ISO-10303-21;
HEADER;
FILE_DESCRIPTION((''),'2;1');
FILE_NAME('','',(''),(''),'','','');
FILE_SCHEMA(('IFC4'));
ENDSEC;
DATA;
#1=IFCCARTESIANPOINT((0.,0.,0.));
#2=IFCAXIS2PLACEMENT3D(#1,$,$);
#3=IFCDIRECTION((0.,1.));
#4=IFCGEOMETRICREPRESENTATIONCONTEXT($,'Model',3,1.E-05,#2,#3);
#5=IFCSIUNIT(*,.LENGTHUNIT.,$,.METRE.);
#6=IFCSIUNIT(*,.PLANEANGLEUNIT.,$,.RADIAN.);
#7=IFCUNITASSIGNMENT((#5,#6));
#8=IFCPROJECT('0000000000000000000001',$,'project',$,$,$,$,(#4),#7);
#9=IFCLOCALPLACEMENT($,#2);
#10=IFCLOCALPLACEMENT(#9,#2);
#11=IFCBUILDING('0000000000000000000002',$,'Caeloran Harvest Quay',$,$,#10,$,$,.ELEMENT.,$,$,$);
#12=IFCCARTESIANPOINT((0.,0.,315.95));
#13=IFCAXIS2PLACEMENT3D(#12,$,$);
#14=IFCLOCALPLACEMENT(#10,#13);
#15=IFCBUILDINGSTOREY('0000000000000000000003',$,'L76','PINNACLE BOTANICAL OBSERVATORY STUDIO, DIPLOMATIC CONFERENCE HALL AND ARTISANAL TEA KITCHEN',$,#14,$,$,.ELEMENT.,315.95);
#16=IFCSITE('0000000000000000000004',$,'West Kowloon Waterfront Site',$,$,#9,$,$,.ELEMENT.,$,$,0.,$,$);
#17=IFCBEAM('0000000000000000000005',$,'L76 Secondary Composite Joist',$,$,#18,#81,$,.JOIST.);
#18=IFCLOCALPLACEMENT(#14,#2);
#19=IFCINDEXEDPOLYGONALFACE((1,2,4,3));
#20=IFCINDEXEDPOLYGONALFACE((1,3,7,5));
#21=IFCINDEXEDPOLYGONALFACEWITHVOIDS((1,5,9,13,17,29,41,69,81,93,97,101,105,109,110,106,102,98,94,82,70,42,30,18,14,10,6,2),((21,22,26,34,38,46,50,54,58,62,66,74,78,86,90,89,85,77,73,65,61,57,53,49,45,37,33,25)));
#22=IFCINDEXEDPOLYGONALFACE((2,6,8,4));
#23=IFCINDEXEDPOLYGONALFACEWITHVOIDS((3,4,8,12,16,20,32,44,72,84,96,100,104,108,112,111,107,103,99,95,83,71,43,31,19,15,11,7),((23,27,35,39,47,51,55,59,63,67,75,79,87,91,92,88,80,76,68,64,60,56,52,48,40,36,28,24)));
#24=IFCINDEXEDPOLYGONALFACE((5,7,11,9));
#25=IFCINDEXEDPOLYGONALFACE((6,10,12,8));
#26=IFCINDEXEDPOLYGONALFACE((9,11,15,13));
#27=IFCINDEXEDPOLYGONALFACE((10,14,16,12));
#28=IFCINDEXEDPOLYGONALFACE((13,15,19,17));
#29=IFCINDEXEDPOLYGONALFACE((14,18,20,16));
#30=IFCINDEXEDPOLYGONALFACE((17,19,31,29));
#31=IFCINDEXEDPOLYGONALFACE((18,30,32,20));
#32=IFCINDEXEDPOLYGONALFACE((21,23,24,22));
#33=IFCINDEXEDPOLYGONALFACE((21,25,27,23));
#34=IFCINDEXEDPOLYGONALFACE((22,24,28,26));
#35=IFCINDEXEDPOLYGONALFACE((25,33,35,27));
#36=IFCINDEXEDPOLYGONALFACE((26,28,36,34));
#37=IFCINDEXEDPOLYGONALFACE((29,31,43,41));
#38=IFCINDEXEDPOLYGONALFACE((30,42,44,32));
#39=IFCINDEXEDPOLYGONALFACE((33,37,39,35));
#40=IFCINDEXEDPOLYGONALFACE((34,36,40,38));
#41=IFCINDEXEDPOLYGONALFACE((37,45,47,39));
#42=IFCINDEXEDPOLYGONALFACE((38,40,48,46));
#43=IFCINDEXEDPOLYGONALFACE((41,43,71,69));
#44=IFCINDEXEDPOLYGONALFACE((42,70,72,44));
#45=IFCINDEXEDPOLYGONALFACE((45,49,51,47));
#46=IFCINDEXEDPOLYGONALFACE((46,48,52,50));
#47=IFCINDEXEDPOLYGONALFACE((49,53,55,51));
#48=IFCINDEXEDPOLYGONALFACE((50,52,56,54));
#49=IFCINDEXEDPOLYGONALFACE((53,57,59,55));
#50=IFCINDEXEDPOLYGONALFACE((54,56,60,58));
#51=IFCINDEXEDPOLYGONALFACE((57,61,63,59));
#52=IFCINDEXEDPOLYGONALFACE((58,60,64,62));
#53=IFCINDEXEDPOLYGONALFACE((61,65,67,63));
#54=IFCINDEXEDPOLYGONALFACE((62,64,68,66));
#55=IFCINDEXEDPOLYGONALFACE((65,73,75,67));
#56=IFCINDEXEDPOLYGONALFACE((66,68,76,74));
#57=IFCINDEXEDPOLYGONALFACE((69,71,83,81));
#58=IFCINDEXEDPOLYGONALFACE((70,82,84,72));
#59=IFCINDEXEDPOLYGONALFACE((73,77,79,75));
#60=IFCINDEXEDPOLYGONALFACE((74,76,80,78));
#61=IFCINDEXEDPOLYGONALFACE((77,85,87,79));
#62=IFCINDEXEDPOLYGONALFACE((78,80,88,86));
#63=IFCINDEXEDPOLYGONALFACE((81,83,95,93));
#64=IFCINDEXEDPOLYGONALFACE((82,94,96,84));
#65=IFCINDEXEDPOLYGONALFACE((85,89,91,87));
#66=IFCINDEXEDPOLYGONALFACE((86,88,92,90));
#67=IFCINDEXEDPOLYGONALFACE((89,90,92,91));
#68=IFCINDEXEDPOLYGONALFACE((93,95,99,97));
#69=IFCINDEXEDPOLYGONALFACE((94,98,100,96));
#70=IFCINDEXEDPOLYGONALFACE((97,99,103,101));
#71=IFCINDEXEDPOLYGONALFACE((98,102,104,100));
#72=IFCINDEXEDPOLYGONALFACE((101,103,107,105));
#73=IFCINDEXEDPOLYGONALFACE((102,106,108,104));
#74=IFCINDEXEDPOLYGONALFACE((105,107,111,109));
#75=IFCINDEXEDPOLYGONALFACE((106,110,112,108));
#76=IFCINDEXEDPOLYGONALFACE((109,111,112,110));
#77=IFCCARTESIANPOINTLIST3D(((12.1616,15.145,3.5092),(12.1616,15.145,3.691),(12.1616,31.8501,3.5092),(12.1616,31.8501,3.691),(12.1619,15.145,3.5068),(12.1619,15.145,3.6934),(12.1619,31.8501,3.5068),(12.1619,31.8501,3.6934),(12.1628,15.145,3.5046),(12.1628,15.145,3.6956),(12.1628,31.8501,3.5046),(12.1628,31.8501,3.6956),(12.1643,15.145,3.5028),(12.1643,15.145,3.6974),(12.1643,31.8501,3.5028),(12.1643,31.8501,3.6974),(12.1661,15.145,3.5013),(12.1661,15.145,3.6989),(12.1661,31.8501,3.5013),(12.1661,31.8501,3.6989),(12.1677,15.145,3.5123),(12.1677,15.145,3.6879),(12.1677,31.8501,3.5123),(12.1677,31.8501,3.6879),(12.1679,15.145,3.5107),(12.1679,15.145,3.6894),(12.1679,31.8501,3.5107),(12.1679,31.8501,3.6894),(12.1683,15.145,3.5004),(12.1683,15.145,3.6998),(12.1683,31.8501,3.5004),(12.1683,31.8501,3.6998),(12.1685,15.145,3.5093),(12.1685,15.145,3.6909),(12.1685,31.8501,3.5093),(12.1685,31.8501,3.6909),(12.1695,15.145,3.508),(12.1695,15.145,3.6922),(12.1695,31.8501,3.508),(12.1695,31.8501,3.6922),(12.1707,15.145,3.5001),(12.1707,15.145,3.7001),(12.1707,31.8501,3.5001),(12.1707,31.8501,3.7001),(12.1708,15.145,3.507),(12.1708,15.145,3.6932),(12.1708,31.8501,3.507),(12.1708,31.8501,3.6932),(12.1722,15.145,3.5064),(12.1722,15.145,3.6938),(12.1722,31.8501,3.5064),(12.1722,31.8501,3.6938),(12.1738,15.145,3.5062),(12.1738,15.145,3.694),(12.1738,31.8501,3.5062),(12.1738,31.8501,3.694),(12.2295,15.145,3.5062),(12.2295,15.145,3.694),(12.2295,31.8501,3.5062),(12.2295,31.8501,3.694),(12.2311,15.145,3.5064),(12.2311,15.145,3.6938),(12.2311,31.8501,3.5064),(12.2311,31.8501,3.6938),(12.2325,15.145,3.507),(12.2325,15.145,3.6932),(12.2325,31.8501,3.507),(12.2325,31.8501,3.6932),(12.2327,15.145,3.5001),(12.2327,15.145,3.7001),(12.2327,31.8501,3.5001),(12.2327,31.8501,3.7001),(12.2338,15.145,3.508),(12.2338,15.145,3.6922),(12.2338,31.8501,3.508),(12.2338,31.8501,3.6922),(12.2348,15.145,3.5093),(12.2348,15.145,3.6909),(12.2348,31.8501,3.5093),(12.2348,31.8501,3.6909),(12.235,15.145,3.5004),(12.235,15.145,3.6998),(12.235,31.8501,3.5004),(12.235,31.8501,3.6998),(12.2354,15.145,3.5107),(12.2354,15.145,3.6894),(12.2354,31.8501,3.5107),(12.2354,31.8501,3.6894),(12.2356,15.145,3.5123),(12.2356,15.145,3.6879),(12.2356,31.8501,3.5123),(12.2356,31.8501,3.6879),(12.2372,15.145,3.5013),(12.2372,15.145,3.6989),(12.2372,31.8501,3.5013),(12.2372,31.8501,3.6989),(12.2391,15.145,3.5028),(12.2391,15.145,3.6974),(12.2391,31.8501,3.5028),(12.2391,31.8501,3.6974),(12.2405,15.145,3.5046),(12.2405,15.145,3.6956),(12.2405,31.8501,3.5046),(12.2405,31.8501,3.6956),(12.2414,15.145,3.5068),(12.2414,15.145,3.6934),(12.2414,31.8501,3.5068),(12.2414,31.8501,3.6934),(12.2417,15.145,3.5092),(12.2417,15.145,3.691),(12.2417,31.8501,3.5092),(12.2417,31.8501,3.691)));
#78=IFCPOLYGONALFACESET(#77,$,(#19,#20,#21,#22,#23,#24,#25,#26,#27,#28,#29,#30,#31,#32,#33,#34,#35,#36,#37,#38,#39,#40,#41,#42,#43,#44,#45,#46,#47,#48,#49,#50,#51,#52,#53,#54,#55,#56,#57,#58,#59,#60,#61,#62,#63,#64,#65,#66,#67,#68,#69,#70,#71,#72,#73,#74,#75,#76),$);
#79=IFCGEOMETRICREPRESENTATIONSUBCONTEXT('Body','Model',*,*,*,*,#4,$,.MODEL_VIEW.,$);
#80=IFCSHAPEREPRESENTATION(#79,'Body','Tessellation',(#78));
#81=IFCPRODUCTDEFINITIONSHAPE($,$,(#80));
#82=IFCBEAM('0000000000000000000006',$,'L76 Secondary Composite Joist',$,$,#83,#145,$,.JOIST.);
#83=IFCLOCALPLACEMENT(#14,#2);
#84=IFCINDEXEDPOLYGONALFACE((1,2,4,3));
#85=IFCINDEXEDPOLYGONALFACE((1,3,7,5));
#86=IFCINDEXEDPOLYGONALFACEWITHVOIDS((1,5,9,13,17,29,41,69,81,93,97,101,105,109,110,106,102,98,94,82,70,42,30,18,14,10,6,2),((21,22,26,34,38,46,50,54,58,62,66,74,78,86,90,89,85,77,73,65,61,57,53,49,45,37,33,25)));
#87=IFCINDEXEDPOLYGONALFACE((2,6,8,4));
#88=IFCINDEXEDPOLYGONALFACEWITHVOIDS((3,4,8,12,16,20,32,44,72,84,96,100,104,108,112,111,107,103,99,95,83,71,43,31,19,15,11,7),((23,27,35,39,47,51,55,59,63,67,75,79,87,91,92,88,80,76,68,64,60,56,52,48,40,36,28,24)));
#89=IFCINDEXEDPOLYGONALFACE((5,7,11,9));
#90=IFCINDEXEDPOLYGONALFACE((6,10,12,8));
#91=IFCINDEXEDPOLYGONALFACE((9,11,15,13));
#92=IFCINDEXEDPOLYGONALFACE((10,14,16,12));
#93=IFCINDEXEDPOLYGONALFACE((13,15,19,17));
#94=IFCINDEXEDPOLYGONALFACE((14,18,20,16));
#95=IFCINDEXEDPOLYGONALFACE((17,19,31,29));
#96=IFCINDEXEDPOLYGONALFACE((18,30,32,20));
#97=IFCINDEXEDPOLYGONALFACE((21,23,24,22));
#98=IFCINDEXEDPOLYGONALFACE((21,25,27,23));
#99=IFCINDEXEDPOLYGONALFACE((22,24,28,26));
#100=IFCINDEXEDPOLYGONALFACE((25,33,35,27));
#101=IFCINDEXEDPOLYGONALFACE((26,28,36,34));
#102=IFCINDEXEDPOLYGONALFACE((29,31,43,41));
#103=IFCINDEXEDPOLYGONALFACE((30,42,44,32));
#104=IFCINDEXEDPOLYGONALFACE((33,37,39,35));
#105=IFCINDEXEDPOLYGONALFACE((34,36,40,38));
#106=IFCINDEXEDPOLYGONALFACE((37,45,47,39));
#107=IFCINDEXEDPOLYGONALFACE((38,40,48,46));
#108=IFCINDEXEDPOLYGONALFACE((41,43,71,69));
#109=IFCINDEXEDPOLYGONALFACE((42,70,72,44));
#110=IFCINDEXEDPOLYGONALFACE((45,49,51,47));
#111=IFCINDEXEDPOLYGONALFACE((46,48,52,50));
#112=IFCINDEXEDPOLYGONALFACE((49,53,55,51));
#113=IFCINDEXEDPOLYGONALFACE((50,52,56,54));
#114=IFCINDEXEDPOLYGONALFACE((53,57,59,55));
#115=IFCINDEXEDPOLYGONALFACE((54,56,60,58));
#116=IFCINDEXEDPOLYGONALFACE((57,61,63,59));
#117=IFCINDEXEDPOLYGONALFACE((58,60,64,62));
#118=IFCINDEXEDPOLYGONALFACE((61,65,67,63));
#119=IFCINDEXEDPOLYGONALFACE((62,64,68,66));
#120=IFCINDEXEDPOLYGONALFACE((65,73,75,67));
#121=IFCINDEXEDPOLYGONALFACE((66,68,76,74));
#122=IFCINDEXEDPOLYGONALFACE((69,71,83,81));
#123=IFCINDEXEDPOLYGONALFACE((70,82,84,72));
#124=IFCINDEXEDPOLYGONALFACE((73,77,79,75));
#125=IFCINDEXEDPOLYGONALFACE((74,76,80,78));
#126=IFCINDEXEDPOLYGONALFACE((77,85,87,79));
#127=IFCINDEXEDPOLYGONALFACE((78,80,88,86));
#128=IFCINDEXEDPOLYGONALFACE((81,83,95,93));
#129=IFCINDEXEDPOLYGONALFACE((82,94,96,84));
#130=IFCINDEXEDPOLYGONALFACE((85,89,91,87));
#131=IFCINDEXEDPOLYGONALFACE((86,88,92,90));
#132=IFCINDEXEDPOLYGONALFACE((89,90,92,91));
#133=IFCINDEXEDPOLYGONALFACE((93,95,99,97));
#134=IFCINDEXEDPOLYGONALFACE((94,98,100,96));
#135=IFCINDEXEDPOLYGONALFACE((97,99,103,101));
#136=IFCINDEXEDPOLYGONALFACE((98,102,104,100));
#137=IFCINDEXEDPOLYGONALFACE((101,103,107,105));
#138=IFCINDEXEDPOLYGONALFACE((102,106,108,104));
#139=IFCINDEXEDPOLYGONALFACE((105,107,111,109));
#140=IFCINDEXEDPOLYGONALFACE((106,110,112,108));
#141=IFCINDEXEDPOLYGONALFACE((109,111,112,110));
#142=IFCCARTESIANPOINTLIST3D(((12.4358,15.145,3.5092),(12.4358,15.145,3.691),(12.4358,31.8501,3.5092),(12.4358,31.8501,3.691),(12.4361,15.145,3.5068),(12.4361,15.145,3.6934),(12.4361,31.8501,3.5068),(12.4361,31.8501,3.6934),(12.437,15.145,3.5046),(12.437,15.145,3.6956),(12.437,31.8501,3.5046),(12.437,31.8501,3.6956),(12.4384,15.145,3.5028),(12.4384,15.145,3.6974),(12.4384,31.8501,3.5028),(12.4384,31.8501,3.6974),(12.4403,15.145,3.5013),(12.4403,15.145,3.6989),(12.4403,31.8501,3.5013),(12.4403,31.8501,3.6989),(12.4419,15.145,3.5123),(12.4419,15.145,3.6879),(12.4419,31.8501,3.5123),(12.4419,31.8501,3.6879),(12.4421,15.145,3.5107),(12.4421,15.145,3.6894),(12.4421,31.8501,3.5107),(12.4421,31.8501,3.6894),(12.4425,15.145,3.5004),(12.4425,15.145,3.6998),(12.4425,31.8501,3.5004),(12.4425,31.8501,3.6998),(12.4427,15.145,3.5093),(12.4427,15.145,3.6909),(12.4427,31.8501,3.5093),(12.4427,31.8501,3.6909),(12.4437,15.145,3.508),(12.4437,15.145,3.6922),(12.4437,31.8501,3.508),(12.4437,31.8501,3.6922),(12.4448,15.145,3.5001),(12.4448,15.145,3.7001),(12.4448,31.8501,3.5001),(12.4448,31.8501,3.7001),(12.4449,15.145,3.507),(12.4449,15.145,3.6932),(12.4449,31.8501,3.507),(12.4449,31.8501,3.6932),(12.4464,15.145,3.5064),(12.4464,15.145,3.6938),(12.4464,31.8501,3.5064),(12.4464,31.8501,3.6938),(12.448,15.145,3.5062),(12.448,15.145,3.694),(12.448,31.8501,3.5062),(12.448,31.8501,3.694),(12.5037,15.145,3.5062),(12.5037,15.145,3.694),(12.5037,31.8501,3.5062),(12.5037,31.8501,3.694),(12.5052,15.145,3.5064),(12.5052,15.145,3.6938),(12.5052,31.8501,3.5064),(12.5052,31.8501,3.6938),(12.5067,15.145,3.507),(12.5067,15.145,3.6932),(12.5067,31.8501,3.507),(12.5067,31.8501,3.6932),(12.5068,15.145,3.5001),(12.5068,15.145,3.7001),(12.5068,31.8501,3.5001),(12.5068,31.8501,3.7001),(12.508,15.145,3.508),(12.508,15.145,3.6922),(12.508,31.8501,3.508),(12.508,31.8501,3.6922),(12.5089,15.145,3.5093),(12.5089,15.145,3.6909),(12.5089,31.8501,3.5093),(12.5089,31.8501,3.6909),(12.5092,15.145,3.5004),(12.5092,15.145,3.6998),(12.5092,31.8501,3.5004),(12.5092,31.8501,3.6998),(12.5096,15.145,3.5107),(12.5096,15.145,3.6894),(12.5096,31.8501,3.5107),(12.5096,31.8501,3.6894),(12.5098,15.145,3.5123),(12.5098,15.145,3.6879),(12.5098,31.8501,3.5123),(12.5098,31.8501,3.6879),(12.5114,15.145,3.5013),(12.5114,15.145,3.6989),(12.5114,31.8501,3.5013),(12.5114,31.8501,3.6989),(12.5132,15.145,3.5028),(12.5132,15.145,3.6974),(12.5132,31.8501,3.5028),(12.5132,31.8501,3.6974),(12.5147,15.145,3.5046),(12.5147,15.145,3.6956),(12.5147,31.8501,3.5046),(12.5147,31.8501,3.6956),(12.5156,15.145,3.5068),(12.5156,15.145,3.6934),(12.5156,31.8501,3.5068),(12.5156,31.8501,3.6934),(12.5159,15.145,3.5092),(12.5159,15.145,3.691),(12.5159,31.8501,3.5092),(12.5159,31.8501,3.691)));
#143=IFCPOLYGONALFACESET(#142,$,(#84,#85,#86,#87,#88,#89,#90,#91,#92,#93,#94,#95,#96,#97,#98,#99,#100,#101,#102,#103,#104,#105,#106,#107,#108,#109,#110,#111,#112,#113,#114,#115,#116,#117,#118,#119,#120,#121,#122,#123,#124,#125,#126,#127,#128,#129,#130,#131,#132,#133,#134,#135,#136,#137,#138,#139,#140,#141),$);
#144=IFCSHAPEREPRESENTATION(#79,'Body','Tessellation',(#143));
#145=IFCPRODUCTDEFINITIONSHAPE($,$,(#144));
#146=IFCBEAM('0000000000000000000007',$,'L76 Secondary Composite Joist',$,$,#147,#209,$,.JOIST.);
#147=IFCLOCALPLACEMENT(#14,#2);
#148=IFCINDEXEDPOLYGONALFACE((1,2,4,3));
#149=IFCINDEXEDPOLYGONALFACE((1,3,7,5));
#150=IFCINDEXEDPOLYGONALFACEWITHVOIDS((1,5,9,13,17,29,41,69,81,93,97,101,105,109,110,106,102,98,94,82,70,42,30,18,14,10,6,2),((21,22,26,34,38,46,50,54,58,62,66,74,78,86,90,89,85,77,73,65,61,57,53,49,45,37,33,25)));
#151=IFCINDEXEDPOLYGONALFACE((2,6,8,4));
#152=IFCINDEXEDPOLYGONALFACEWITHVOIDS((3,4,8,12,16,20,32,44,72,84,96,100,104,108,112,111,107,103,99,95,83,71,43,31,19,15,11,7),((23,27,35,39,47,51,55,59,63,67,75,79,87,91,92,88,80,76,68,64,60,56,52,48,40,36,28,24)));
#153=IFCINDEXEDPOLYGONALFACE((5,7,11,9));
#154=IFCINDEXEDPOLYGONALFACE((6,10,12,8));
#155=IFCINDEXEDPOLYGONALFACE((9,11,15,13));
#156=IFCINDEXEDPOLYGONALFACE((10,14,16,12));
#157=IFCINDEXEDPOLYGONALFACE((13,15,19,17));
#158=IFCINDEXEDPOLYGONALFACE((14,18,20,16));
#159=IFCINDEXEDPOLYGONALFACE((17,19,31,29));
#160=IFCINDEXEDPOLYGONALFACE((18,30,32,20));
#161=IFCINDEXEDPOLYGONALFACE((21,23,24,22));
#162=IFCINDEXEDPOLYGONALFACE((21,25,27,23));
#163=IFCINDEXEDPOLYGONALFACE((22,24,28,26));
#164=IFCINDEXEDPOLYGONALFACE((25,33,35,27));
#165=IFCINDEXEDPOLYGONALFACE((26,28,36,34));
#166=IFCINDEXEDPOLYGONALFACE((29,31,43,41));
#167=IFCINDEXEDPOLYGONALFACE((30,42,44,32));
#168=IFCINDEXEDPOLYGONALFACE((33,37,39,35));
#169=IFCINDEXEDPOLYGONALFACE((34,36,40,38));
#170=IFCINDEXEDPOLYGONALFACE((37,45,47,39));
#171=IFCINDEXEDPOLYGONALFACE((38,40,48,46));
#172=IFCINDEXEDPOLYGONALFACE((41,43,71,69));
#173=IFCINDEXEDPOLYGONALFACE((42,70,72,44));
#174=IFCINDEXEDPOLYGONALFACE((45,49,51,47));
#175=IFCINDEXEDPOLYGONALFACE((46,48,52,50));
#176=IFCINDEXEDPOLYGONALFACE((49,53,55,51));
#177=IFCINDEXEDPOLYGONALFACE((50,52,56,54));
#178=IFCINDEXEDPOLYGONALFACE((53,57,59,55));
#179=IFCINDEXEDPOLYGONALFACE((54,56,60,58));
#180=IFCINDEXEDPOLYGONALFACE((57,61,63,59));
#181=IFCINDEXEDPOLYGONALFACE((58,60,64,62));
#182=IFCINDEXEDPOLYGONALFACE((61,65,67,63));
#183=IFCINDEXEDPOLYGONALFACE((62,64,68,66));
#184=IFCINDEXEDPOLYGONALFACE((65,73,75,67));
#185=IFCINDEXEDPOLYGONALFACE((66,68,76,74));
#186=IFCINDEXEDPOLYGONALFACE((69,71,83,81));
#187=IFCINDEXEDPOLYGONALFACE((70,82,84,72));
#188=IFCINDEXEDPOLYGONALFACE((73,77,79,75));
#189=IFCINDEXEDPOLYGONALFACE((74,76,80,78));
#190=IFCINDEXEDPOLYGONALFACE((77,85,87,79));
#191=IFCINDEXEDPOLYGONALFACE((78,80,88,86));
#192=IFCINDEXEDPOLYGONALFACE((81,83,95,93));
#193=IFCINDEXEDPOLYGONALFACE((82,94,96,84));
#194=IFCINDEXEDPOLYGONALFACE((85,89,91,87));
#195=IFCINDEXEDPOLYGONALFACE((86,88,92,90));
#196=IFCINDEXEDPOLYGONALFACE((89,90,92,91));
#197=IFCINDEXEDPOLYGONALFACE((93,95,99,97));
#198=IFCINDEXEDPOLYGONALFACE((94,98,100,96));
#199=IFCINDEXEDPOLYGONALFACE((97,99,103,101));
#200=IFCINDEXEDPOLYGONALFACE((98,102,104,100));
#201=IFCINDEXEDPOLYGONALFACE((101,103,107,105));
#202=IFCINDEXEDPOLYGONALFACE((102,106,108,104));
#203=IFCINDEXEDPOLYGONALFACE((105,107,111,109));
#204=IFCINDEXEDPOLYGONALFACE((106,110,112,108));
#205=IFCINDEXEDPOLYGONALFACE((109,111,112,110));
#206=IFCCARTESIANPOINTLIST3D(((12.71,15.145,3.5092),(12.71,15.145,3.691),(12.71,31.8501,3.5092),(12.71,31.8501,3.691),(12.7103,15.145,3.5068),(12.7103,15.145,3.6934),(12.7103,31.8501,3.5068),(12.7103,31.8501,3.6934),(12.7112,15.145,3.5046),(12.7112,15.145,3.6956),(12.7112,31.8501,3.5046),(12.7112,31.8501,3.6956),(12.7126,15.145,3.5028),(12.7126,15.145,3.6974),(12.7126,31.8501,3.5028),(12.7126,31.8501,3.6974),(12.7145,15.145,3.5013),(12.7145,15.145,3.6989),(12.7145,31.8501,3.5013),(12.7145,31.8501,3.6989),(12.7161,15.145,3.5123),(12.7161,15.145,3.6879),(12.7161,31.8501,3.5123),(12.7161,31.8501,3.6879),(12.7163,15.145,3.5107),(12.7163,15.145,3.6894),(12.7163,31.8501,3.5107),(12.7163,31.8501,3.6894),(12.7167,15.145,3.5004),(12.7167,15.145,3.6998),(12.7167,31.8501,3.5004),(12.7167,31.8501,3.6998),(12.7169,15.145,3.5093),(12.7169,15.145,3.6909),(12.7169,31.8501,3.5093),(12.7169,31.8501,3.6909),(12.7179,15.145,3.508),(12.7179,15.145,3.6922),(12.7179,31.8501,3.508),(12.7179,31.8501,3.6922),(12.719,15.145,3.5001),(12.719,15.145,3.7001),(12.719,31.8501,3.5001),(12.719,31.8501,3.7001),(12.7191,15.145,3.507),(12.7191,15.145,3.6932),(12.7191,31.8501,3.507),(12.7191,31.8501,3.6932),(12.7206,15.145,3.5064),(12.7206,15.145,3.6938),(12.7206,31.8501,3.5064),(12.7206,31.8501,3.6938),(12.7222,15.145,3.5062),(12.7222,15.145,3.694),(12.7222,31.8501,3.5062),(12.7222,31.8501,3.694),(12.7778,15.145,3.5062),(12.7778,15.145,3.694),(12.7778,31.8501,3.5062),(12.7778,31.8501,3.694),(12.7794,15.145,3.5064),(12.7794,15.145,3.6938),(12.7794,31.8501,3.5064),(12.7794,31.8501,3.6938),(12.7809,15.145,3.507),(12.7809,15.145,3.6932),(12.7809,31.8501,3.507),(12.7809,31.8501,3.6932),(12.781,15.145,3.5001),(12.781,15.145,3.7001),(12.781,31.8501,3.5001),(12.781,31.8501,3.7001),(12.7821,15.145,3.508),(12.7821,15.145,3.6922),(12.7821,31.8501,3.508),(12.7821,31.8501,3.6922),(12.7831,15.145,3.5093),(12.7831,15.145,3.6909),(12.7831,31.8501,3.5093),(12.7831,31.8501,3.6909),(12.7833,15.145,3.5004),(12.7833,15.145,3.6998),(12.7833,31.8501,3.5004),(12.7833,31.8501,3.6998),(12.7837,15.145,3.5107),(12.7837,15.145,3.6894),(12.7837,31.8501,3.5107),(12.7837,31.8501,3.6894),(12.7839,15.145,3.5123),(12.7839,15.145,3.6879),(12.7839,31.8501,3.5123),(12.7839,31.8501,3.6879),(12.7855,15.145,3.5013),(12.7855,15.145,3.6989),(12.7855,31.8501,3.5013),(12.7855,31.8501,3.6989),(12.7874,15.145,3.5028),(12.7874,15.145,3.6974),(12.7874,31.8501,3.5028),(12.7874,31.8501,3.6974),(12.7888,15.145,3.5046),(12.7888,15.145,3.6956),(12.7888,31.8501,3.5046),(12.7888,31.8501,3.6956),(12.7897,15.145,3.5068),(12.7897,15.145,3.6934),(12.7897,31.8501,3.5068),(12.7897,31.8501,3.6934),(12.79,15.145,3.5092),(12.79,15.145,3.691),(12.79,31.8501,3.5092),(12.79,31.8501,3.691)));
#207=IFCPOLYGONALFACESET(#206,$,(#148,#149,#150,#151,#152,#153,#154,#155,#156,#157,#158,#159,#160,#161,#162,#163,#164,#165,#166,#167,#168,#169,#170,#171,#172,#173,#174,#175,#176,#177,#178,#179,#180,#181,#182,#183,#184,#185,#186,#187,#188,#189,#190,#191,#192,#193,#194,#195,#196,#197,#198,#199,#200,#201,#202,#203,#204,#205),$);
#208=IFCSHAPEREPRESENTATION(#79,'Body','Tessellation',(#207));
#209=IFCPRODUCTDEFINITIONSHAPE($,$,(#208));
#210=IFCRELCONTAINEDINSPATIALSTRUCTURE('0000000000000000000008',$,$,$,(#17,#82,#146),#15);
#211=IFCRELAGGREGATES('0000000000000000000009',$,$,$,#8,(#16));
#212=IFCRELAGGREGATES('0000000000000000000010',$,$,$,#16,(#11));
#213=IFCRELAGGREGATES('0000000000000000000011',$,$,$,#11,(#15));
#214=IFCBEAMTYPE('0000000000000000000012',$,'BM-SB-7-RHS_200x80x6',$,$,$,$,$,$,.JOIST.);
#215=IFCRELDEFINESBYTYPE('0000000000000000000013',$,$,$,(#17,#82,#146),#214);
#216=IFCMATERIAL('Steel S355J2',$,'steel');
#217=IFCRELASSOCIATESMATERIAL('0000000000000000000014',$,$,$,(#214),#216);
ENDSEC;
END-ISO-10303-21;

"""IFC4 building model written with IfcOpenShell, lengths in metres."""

from ifc_helpers import new_model, si_unit, direction, frame, origin, origin_2d, place, context, subcontext, project, spatial, hollow_rectangle, extrude, material, material_profile, profile_set, type_object, element, save


model = new_model("IFC4")

# Units and contexts
model_context = context("Model", 3, precision=1e-05, world=origin(), true_north=direction((0.0, 1.0)))
body_context = subcontext(model_context, "Body", "Model", "MODEL_VIEW")
ifc_project = project(units=[si_unit("LENGTHUNIT", "METRE"), si_unit("PLANEANGLEUNIT", "RADIAN")], contexts=[model_context])

# Site, building, storey
site_placement = place(None, origin())
site = spatial("IfcSite", under=ifc_project, at=site_placement, Name="West Kowloon Waterfront Site", CompositionType="ELEMENT", RefElevation=0.0)
building_placement = place(site_placement, origin())
building = spatial("IfcBuilding", under=site, at=building_placement, Name="Caeloran Harvest Quay", CompositionType="ELEMENT")
storey_placement = place(building_placement, frame((0.0, 0.0, 315.95)))
storey = spatial("IfcBuildingStorey", under=building, at=storey_placement, Name="L76", Description="PINNACLE BOTANICAL OBSERVATORY STUDIO, DIPLOMATIC CONFERENCE HALL AND ARTISANAL TEA KITCHEN", CompositionType="ELEMENT", Elevation=315.95)

# Beams
ifc_material_1 = material(Name="Steel S355J2", Category="steel")
ifc_material_profile_1 = material_profile(ifc_material_1, hollow_rectangle(XDim=0.0801, YDim=0.2, WallThickness=0.0061, InnerFilletRadius=0.0061, OuterFilletRadius=0.009, at=origin_2d()), Name="RHS 200x80x6")
ifc_profile_set_1 = profile_set([ifc_material_profile_1], Name="Steel S355J2")
beam_type_1 = type_object("IfcBeamType", Name="BM-SB-7-RHS_200x80x6", PredefinedType="JOIST", material=ifc_profile_set_1)
for number, where, z_axis, x_axis, name in (
    (1, (12.2017, 15.145, 3.6001), (0.0, 1.0, 0.0), (-1.0, 0.0, 0.0), "L76 Secondary Composite Joist"),
    (2, (12.4758, 15.145, 3.6001), (0.0, 1.0, 0.0), (-1.0, 0.0, 0.0), "L76 Secondary Composite Joist"),
    (3, (12.75, 15.145, 3.6001), (0.0, 1.0, 0.0), (-1.0, 0.0, 0.0), "L76 Secondary Composite Joist"),
):
    element("IfcBeam", number, at=place(storey_placement, frame(where, z_axis=z_axis, x_axis=x_axis)), inside=storey, type_object=beam_type_1, Name=name, PredefinedType="JOIST", context=body_context, shape_type="SweptSolid", body=[
        extrude(hollow_rectangle(XDim=0.0801, YDim=0.2, WallThickness=0.0061, InnerFilletRadius=0.0061, OuterFilletRadius=0.009, at=origin_2d()), origin(), (0.0, 0.0, 1.0), 16.7051),
    ])

save(model, "model.ifc")
